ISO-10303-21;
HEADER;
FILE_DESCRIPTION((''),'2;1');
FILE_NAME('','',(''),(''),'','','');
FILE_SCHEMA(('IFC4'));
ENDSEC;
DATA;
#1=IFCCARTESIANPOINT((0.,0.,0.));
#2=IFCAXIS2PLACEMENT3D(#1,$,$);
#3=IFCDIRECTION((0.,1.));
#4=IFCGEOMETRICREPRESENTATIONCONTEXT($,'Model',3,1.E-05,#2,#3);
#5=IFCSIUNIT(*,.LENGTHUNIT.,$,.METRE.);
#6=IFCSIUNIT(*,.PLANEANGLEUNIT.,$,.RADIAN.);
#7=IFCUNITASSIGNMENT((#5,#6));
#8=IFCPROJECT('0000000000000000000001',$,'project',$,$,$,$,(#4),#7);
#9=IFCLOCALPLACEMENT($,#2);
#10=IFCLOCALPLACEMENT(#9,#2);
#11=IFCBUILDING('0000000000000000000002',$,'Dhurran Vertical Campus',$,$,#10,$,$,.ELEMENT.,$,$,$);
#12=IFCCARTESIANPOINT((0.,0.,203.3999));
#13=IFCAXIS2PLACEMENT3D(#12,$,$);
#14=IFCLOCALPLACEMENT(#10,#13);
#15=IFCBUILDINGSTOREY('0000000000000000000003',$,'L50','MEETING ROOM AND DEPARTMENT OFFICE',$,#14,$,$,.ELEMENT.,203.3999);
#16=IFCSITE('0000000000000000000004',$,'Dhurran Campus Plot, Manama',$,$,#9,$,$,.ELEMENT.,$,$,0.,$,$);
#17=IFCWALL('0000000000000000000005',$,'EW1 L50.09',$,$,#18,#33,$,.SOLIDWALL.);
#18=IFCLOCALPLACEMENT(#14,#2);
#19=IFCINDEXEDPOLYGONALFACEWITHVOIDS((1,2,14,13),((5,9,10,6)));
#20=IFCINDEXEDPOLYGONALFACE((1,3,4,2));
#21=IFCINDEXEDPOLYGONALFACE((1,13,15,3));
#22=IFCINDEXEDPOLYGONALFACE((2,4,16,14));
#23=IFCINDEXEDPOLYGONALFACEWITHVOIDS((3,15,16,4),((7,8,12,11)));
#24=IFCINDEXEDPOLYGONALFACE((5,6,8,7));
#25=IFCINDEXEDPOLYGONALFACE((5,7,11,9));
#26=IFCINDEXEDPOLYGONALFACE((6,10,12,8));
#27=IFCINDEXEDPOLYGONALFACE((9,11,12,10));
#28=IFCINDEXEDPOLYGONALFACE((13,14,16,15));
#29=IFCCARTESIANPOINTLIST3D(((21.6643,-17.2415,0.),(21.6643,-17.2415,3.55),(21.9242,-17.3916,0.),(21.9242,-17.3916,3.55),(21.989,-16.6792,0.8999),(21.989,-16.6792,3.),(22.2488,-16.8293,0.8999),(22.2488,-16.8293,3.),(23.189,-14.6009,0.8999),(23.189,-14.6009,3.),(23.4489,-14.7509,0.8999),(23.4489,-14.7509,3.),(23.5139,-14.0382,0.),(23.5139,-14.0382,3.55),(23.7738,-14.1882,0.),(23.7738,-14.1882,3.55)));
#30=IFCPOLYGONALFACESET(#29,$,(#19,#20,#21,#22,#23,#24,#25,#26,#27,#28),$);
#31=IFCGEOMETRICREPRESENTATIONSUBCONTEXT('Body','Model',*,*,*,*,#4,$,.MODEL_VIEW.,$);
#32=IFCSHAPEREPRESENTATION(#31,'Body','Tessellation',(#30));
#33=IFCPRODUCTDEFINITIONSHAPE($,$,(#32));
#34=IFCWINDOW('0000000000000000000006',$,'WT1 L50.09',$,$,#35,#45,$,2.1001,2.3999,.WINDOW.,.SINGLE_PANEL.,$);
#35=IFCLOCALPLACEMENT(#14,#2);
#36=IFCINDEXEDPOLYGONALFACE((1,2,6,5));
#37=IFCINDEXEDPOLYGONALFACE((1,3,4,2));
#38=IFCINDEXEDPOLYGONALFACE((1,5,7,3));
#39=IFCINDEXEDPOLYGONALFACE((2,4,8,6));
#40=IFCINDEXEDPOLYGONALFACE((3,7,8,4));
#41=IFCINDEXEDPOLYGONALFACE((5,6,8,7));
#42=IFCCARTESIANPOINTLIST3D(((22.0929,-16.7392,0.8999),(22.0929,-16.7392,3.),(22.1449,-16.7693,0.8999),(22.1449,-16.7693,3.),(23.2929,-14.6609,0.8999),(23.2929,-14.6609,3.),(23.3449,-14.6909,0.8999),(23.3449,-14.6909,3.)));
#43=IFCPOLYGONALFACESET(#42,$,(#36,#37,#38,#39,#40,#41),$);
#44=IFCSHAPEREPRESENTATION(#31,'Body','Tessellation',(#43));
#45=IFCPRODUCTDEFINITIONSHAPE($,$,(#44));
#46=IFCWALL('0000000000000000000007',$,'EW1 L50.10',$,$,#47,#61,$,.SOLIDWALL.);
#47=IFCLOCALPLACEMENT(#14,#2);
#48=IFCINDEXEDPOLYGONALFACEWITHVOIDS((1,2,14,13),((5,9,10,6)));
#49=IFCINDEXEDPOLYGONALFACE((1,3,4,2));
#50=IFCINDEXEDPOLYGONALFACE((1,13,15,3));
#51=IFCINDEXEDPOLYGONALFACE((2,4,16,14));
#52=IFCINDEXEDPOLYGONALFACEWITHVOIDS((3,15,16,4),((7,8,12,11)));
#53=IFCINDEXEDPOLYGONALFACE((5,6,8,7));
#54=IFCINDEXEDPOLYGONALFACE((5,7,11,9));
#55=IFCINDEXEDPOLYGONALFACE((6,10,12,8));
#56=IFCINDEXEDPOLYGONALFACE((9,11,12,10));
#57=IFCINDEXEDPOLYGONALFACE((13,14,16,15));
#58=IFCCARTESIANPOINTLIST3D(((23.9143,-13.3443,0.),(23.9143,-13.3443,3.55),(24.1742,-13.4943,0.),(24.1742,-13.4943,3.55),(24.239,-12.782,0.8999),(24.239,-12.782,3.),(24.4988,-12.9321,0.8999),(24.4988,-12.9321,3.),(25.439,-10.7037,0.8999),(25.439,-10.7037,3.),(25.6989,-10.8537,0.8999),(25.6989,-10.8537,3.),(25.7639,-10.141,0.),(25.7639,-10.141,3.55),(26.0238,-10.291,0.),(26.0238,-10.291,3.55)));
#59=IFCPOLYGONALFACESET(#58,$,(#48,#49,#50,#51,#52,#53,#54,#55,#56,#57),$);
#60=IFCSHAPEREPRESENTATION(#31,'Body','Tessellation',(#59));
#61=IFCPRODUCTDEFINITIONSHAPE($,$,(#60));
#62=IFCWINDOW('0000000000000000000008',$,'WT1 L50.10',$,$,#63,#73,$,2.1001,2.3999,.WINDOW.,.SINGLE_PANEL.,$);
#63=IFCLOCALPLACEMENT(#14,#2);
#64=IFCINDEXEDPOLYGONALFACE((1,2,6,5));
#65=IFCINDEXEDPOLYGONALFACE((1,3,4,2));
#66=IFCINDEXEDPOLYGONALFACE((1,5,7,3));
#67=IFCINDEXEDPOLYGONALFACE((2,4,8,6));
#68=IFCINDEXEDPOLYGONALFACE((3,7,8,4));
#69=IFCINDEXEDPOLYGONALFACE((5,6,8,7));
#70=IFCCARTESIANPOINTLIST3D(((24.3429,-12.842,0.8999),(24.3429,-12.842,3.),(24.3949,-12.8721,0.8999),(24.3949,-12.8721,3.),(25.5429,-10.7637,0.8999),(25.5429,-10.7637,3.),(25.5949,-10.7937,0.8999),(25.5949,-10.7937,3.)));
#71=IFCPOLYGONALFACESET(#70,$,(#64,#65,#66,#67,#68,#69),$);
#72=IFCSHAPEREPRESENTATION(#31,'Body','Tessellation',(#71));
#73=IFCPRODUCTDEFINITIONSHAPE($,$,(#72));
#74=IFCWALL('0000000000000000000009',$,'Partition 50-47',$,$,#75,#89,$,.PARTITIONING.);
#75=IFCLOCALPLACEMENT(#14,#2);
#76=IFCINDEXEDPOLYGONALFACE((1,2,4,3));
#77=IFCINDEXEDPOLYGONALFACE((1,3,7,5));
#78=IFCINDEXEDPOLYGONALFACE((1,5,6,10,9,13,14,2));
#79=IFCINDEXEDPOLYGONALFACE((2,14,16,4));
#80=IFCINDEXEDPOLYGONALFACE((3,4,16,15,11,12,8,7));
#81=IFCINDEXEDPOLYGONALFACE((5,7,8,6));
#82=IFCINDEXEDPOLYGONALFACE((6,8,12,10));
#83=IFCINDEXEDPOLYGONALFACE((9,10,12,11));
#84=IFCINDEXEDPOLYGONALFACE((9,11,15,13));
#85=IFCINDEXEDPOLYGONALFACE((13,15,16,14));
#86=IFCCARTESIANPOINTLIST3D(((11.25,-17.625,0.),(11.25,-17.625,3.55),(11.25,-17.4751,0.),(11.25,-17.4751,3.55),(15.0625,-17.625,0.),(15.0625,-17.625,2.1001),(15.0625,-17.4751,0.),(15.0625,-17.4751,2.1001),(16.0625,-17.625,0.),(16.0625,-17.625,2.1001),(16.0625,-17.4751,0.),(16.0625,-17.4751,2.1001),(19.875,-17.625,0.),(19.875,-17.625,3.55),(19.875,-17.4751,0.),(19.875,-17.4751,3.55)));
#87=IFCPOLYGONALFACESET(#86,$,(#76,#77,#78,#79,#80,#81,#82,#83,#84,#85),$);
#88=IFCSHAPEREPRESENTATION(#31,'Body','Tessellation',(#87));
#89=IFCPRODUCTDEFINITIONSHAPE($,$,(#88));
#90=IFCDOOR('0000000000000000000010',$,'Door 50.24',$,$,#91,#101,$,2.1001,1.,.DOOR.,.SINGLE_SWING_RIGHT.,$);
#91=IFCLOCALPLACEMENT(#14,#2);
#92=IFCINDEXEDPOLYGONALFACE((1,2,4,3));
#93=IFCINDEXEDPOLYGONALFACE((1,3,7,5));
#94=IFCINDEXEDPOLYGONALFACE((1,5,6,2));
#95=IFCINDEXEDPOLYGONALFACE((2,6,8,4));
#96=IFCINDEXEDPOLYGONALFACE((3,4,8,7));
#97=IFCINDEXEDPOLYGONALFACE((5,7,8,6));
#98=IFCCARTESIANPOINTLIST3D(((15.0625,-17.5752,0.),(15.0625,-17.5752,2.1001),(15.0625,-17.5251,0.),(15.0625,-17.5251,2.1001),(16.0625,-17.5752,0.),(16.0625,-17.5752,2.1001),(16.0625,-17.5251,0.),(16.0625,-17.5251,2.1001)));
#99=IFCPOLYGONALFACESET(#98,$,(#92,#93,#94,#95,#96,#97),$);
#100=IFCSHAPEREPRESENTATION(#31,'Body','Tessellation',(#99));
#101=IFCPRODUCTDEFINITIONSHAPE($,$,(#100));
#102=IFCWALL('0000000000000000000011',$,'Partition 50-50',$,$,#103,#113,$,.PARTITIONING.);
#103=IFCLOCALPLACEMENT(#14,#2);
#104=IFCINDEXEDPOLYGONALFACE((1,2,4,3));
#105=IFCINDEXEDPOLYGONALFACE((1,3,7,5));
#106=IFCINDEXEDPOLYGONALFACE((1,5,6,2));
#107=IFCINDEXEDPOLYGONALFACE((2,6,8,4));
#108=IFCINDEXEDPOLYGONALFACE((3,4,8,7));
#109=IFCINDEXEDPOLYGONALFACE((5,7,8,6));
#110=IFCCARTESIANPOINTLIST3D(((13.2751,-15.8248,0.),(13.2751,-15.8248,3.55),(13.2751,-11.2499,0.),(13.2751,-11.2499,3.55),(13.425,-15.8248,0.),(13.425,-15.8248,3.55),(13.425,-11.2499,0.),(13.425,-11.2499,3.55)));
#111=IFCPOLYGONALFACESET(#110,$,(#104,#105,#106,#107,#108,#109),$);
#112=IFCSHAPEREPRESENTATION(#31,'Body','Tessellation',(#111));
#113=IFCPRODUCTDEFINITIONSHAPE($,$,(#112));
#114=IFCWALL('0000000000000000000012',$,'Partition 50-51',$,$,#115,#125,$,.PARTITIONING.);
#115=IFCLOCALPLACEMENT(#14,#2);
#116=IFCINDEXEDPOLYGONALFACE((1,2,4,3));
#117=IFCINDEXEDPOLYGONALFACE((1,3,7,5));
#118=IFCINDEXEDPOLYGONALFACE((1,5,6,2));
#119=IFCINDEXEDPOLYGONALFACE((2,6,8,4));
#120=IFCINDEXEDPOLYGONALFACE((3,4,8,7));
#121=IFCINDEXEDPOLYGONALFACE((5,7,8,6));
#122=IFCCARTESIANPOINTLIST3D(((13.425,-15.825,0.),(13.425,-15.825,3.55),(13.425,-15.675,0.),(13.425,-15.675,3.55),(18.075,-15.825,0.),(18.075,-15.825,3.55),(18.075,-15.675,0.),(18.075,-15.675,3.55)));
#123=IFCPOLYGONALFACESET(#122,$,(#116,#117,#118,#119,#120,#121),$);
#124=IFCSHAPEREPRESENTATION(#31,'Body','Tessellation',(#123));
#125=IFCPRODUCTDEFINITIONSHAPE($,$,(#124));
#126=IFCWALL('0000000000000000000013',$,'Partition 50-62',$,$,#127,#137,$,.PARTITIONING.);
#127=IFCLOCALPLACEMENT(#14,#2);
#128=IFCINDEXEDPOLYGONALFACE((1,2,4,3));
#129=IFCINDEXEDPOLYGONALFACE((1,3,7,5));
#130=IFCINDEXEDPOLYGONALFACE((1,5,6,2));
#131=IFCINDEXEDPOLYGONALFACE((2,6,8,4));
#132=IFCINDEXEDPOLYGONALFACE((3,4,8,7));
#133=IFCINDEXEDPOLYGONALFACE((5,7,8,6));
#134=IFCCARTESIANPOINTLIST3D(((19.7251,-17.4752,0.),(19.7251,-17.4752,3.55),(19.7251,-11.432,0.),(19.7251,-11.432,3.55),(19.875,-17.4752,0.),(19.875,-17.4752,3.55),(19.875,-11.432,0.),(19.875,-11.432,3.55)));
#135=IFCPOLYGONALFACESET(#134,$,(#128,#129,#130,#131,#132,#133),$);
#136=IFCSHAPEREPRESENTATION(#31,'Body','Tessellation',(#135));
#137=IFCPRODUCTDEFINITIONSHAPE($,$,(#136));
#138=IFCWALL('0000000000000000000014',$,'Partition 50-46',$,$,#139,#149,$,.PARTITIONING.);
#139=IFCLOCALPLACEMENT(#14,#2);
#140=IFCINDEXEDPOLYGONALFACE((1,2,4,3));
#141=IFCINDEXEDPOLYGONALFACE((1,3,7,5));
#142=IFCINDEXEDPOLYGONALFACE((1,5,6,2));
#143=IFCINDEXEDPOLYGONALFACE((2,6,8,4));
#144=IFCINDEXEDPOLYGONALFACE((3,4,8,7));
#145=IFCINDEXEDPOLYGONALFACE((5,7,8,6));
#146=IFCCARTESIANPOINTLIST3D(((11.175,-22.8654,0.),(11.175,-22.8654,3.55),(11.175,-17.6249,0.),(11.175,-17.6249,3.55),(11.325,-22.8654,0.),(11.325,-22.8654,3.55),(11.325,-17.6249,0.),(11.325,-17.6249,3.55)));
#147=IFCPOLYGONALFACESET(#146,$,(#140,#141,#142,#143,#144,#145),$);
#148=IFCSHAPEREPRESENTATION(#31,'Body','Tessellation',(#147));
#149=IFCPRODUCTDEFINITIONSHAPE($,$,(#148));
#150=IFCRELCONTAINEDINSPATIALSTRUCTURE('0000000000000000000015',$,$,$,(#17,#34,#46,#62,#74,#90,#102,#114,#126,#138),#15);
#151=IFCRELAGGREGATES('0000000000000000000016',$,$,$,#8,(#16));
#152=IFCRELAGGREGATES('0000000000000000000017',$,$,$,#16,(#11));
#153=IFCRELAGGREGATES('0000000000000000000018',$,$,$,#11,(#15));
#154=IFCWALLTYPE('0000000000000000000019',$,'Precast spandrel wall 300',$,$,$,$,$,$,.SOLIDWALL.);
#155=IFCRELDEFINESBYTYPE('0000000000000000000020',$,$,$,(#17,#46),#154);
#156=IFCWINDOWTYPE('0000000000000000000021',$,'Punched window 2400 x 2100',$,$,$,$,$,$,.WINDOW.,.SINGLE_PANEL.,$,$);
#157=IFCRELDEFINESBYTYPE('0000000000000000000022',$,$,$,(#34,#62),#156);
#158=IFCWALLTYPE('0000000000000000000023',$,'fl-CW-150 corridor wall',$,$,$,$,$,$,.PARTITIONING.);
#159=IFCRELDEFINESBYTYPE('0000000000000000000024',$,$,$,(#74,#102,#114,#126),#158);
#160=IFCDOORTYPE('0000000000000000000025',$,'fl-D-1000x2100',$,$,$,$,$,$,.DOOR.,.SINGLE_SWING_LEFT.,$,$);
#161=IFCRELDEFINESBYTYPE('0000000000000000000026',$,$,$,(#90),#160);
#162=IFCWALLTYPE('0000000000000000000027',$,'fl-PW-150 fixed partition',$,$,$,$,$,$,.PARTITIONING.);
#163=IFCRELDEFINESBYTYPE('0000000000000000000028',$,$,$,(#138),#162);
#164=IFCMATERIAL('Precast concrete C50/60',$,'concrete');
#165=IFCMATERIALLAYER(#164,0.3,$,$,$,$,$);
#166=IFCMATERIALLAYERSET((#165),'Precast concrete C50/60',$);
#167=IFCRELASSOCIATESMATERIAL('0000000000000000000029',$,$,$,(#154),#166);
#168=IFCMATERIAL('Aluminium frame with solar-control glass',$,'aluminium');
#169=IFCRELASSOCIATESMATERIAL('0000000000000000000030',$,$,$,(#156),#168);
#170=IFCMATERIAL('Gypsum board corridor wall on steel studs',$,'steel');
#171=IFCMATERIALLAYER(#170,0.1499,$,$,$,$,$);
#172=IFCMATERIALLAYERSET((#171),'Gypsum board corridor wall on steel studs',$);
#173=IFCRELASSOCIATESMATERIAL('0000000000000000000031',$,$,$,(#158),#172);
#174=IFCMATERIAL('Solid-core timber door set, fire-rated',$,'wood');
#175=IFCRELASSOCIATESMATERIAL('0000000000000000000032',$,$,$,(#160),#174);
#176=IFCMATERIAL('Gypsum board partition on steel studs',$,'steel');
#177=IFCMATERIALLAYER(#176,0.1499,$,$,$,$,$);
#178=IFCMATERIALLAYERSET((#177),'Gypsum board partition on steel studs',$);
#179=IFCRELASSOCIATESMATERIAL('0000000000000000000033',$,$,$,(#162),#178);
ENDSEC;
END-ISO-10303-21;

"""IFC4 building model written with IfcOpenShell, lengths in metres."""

from ifc_helpers import new_model, si_unit, direction, frame, frame_2d, origin, place, context, subcontext, project, spatial, rectangle, extrude, material, layer, layer_set, type_object, element, fill, save


model = new_model("IFC4")

# Units and contexts
model_context = context("Model", 3, precision=1e-05, world=origin(), true_north=direction((0.0, 1.0)))
body_context = subcontext(model_context, "Body", "Model", "MODEL_VIEW")
ifc_project = project(units=[si_unit("LENGTHUNIT", "METRE"), si_unit("PLANEANGLEUNIT", "RADIAN")], contexts=[model_context])

# Site, building, storey
site_placement = place(None, origin())
site = spatial("IfcSite", under=ifc_project, at=site_placement, Name="Dhurran Campus Plot, Manama", CompositionType="ELEMENT", RefElevation=0.0)
building_placement = place(site_placement, origin())
building = spatial("IfcBuilding", under=site, at=building_placement, Name="Dhurran Vertical Campus", CompositionType="ELEMENT")
storey_placement = place(building_placement, frame((0.0, 0.0, 203.3999)))
storey = spatial("IfcBuildingStorey", under=building, at=storey_placement, Name="L50", Description="MEETING ROOM AND DEPARTMENT OFFICE", CompositionType="ELEMENT", Elevation=203.3999)

# Walls, openings, windows
ifc_material_1 = material(Name="Precast concrete C50/60", Category="concrete")
ifc_layer_1 = layer(ifc_material_1, 0.3)
ifc_layer_set_1 = layer_set([ifc_layer_1], Name="Precast concrete C50/60")
wall_type_1 = type_object("IfcWallType", Name="Precast spandrel wall 300", PredefinedType="SOLIDWALL", material=ifc_layer_set_1)
ifc_material_2 = material(Name="Aluminium frame with solar-control glass", Category="aluminium")
window_type = type_object("IfcWindowType", Name="Punched window 2400 x 2100", PartitioningType="SINGLE_PANEL", PredefinedType="WINDOW", material=ifc_material_2)
wall_1_placement = place(storey_placement, frame((21.7942, -17.3167, 0.0), z_axis=(0.0, 0.0, 1.0), x_axis=(0.500029, 0.866009, 0.0)))
wall_1 = element("IfcWall", 1, at=wall_1_placement, inside=storey, type_object=wall_type_1, Name="EW1 L50.09", PredefinedType="SOLIDWALL", context=body_context, shape_type="SweptSolid", body=[
    extrude(rectangle(XDim=3.699, YDim=0.3, at=frame_2d((1.8496, 0.0))), origin(), (0.0, 0.0, 1.0), 3.55),
])
opening_1_placement = place(wall_1_placement, frame((0.6494, 0.0, 0.8999)))
opening_1 = element("IfcOpeningElement", 2, at=opening_1_placement, cuts=wall_1, PredefinedType="OPENING", context=body_context, shape_type="SweptSolid", body=[
    extrude(rectangle(XDim=2.3999, YDim=2.1001, at=frame_2d((1.2, 1.05))), frame((0.0, 0.1599, 0.0), z_axis=(0.0, -1.0, 0.0), x_axis=(1.0, 0.0, 0.0)), (0.0, 0.0, 1.0), 0.3201),
])
window_1_placement = place(opening_1_placement, origin())
window_1 = element("IfcWindow", 3, at=window_1_placement, inside=storey, type_object=window_type, Name="WT1 L50.09", OverallHeight=2.1001, OverallWidth=2.3999, PartitioningType="SINGLE_PANEL", PredefinedType="WINDOW", context=body_context, shape_type="SweptSolid", body=[
    extrude(rectangle(XDim=2.3999, YDim=2.1001, at=frame_2d((1.2, 1.05))), frame((0.0, 0.03, 0.0), z_axis=(0.0, -1.0, 0.0), x_axis=(1.0, 0.0, 0.0)), (0.0, 0.0, 1.0), 0.0601),
])
fill(opening_1, window_1)
wall_2_placement = place(storey_placement, frame((24.0442, -13.4194, 0.0), z_axis=(0.0, 0.0, 1.0), x_axis=(0.500029, 0.866009, 0.0)))
wall_2 = element("IfcWall", 4, at=wall_2_placement, inside=storey, type_object=wall_type_1, Name="EW1 L50.10", PredefinedType="SOLIDWALL", context=body_context, shape_type="SweptSolid", body=[
    extrude(rectangle(XDim=3.699, YDim=0.3, at=frame_2d((1.8496, 0.0))), origin(), (0.0, 0.0, 1.0), 3.55),
])
opening_2_placement = place(wall_2_placement, frame((0.6494, 0.0, 0.8999)))
opening_2 = element("IfcOpeningElement", 5, at=opening_2_placement, cuts=wall_2, PredefinedType="OPENING", context=body_context, shape_type="SweptSolid", body=[
    extrude(rectangle(XDim=2.3999, YDim=2.1001, at=frame_2d((1.2, 1.05))), frame((0.0, 0.1599, 0.0), z_axis=(0.0, -1.0, 0.0), x_axis=(1.0, 0.0, 0.0)), (0.0, 0.0, 1.0), 0.3201),
])
window_2_placement = place(opening_2_placement, origin())
window_2 = element("IfcWindow", 6, at=window_2_placement, inside=storey, type_object=window_type, Name="WT1 L50.10", OverallHeight=2.1001, OverallWidth=2.3999, PartitioningType="SINGLE_PANEL", PredefinedType="WINDOW", context=body_context, shape_type="SweptSolid", body=[
    extrude(rectangle(XDim=2.3999, YDim=2.1001, at=frame_2d((1.2, 1.05))), frame((0.0, 0.03, 0.0), z_axis=(0.0, -1.0, 0.0), x_axis=(1.0, 0.0, 0.0)), (0.0, 0.0, 1.0), 0.0601),
])
fill(opening_2, window_2)

# Wall, opening, door
ifc_material_3 = material(Name="Gypsum board corridor wall on steel studs", Category="steel")
ifc_layer_2 = layer(ifc_material_3, 0.1499)
ifc_layer_set_2 = layer_set([ifc_layer_2], Name="Gypsum board corridor wall on steel studs")
wall_type_2 = type_object("IfcWallType", Name="fl-CW-150 corridor wall", PredefinedType="PARTITIONING", material=ifc_layer_set_2)
wall_3_placement = place(storey_placement, frame((11.25, -17.55, 0.0), z_axis=(0.0, 0.0, 1.0), x_axis=(1.0, 0.0, 0.0)))
wall_3 = element("IfcWall", 7, at=wall_3_placement, inside=storey, type_object=wall_type_2, Name="Partition 50-47", PredefinedType="PARTITIONING", context=body_context, shape_type="SweptSolid", body=[
    extrude(rectangle(XDim=8.625, YDim=0.1499, at=frame_2d((4.3125, 0.0))), origin(), (0.0, 0.0, 1.0), 3.55),
])
opening_3_placement = place(wall_3_placement, frame((3.8125, 0.0, 0.0)))
opening_3 = element("IfcOpeningElement", 8, at=opening_3_placement, cuts=wall_3, PredefinedType="OPENING", context=body_context, shape_type="SweptSolid", body=[
    extrude(rectangle(XDim=1.0, YDim=2.1001, at=frame_2d((0.5, 1.05))), frame((0.0, 0.085, 0.0), z_axis=(0.0, -1.0, 0.0), x_axis=(1.0, 0.0, 0.0)), (0.0, 0.0, 1.0), 0.1699),
])
ifc_material_4 = material(Name="Solid-core timber door set, fire-rated", Category="wood")
door_type = type_object("IfcDoorType", Name="fl-D-1000x2100", OperationType="SINGLE_SWING_LEFT", PredefinedType="DOOR", material=ifc_material_4)
door_placement = place(opening_3_placement, origin())
door = element("IfcDoor", 9, at=door_placement, inside=storey, type_object=door_type, Name="Door 50.24", OperationType="SINGLE_SWING_RIGHT", OverallHeight=2.1001, OverallWidth=1.0, PredefinedType="DOOR", context=body_context, shape_type="SweptSolid", body=[
    extrude(rectangle(XDim=1.0, YDim=2.1001, at=frame_2d((0.5, 1.05))), frame((0.0, 0.0249, 0.0), z_axis=(0.0, -1.0, 0.0), x_axis=(1.0, 0.0, 0.0)), (0.0, 0.0, 1.0), 0.05),
])
fill(opening_3, door)

# Walls
wall_4_placement = place(storey_placement, frame((13.3501, -15.825, 0.0), z_axis=(0.0, 0.0, 1.0), x_axis=(0.0, 1.0, 0.0)))
element("IfcWall", 10, at=wall_4_placement, inside=storey, type_object=wall_type_2, Name="Partition 50-50", PredefinedType="PARTITIONING", context=body_context, shape_type="SweptSolid", body=[
    extrude(rectangle(XDim=4.575, YDim=0.1499, at=frame_2d((2.2876, 0.0))), origin(), (0.0, 0.0, 1.0), 3.55),
])
wall_5_placement = place(storey_placement, frame((18.075, -15.75, 0.0), z_axis=(0.0, 0.0, 1.0), x_axis=(-1.0, 0.0, 0.0)))
element("IfcWall", 11, at=wall_5_placement, inside=storey, type_object=wall_type_2, Name="Partition 50-51", PredefinedType="PARTITIONING", context=body_context, shape_type="SweptSolid", body=[
    extrude(rectangle(XDim=4.6499, YDim=0.1499, at=frame_2d((2.325, 0.0))), origin(), (0.0, 0.0, 1.0), 3.55),
])
wall_6_placement = place(storey_placement, frame((19.8, -17.4751, 0.0), z_axis=(0.0, 0.0, 1.0), x_axis=(0.0, 1.0, 0.0)))
element("IfcWall", 12, at=wall_6_placement, inside=storey, type_object=wall_type_2, Name="Partition 50-62", PredefinedType="PARTITIONING", context=body_context, shape_type="SweptSolid", body=[
    extrude(rectangle(XDim=6.0432, YDim=0.1499, at=frame_2d((3.0215, 0.0))), origin(), (0.0, 0.0, 1.0), 3.55),
])
ifc_material_5 = material(Name="Gypsum board partition on steel studs", Category="steel")
ifc_layer_3 = layer(ifc_material_5, 0.1499)
ifc_layer_set_3 = layer_set([ifc_layer_3], Name="Gypsum board partition on steel studs")
wall_type_3 = type_object("IfcWallType", Name="fl-PW-150 fixed partition", PredefinedType="PARTITIONING", material=ifc_layer_set_3)
wall_7_placement = place(storey_placement, frame((11.25, -17.625, 0.0), z_axis=(0.0, 0.0, 1.0), x_axis=(0.0, -1.0, 0.0)))
element("IfcWall", 13, at=wall_7_placement, inside=storey, type_object=wall_type_3, Name="Partition 50-46", PredefinedType="PARTITIONING", context=body_context, shape_type="SweptSolid", body=[
    extrude(rectangle(XDim=5.2405, YDim=0.1499, at=frame_2d((2.6201, 0.0))), origin(), (0.0, 0.0, 1.0), 3.55),
])

save(model, "model.ifc")
